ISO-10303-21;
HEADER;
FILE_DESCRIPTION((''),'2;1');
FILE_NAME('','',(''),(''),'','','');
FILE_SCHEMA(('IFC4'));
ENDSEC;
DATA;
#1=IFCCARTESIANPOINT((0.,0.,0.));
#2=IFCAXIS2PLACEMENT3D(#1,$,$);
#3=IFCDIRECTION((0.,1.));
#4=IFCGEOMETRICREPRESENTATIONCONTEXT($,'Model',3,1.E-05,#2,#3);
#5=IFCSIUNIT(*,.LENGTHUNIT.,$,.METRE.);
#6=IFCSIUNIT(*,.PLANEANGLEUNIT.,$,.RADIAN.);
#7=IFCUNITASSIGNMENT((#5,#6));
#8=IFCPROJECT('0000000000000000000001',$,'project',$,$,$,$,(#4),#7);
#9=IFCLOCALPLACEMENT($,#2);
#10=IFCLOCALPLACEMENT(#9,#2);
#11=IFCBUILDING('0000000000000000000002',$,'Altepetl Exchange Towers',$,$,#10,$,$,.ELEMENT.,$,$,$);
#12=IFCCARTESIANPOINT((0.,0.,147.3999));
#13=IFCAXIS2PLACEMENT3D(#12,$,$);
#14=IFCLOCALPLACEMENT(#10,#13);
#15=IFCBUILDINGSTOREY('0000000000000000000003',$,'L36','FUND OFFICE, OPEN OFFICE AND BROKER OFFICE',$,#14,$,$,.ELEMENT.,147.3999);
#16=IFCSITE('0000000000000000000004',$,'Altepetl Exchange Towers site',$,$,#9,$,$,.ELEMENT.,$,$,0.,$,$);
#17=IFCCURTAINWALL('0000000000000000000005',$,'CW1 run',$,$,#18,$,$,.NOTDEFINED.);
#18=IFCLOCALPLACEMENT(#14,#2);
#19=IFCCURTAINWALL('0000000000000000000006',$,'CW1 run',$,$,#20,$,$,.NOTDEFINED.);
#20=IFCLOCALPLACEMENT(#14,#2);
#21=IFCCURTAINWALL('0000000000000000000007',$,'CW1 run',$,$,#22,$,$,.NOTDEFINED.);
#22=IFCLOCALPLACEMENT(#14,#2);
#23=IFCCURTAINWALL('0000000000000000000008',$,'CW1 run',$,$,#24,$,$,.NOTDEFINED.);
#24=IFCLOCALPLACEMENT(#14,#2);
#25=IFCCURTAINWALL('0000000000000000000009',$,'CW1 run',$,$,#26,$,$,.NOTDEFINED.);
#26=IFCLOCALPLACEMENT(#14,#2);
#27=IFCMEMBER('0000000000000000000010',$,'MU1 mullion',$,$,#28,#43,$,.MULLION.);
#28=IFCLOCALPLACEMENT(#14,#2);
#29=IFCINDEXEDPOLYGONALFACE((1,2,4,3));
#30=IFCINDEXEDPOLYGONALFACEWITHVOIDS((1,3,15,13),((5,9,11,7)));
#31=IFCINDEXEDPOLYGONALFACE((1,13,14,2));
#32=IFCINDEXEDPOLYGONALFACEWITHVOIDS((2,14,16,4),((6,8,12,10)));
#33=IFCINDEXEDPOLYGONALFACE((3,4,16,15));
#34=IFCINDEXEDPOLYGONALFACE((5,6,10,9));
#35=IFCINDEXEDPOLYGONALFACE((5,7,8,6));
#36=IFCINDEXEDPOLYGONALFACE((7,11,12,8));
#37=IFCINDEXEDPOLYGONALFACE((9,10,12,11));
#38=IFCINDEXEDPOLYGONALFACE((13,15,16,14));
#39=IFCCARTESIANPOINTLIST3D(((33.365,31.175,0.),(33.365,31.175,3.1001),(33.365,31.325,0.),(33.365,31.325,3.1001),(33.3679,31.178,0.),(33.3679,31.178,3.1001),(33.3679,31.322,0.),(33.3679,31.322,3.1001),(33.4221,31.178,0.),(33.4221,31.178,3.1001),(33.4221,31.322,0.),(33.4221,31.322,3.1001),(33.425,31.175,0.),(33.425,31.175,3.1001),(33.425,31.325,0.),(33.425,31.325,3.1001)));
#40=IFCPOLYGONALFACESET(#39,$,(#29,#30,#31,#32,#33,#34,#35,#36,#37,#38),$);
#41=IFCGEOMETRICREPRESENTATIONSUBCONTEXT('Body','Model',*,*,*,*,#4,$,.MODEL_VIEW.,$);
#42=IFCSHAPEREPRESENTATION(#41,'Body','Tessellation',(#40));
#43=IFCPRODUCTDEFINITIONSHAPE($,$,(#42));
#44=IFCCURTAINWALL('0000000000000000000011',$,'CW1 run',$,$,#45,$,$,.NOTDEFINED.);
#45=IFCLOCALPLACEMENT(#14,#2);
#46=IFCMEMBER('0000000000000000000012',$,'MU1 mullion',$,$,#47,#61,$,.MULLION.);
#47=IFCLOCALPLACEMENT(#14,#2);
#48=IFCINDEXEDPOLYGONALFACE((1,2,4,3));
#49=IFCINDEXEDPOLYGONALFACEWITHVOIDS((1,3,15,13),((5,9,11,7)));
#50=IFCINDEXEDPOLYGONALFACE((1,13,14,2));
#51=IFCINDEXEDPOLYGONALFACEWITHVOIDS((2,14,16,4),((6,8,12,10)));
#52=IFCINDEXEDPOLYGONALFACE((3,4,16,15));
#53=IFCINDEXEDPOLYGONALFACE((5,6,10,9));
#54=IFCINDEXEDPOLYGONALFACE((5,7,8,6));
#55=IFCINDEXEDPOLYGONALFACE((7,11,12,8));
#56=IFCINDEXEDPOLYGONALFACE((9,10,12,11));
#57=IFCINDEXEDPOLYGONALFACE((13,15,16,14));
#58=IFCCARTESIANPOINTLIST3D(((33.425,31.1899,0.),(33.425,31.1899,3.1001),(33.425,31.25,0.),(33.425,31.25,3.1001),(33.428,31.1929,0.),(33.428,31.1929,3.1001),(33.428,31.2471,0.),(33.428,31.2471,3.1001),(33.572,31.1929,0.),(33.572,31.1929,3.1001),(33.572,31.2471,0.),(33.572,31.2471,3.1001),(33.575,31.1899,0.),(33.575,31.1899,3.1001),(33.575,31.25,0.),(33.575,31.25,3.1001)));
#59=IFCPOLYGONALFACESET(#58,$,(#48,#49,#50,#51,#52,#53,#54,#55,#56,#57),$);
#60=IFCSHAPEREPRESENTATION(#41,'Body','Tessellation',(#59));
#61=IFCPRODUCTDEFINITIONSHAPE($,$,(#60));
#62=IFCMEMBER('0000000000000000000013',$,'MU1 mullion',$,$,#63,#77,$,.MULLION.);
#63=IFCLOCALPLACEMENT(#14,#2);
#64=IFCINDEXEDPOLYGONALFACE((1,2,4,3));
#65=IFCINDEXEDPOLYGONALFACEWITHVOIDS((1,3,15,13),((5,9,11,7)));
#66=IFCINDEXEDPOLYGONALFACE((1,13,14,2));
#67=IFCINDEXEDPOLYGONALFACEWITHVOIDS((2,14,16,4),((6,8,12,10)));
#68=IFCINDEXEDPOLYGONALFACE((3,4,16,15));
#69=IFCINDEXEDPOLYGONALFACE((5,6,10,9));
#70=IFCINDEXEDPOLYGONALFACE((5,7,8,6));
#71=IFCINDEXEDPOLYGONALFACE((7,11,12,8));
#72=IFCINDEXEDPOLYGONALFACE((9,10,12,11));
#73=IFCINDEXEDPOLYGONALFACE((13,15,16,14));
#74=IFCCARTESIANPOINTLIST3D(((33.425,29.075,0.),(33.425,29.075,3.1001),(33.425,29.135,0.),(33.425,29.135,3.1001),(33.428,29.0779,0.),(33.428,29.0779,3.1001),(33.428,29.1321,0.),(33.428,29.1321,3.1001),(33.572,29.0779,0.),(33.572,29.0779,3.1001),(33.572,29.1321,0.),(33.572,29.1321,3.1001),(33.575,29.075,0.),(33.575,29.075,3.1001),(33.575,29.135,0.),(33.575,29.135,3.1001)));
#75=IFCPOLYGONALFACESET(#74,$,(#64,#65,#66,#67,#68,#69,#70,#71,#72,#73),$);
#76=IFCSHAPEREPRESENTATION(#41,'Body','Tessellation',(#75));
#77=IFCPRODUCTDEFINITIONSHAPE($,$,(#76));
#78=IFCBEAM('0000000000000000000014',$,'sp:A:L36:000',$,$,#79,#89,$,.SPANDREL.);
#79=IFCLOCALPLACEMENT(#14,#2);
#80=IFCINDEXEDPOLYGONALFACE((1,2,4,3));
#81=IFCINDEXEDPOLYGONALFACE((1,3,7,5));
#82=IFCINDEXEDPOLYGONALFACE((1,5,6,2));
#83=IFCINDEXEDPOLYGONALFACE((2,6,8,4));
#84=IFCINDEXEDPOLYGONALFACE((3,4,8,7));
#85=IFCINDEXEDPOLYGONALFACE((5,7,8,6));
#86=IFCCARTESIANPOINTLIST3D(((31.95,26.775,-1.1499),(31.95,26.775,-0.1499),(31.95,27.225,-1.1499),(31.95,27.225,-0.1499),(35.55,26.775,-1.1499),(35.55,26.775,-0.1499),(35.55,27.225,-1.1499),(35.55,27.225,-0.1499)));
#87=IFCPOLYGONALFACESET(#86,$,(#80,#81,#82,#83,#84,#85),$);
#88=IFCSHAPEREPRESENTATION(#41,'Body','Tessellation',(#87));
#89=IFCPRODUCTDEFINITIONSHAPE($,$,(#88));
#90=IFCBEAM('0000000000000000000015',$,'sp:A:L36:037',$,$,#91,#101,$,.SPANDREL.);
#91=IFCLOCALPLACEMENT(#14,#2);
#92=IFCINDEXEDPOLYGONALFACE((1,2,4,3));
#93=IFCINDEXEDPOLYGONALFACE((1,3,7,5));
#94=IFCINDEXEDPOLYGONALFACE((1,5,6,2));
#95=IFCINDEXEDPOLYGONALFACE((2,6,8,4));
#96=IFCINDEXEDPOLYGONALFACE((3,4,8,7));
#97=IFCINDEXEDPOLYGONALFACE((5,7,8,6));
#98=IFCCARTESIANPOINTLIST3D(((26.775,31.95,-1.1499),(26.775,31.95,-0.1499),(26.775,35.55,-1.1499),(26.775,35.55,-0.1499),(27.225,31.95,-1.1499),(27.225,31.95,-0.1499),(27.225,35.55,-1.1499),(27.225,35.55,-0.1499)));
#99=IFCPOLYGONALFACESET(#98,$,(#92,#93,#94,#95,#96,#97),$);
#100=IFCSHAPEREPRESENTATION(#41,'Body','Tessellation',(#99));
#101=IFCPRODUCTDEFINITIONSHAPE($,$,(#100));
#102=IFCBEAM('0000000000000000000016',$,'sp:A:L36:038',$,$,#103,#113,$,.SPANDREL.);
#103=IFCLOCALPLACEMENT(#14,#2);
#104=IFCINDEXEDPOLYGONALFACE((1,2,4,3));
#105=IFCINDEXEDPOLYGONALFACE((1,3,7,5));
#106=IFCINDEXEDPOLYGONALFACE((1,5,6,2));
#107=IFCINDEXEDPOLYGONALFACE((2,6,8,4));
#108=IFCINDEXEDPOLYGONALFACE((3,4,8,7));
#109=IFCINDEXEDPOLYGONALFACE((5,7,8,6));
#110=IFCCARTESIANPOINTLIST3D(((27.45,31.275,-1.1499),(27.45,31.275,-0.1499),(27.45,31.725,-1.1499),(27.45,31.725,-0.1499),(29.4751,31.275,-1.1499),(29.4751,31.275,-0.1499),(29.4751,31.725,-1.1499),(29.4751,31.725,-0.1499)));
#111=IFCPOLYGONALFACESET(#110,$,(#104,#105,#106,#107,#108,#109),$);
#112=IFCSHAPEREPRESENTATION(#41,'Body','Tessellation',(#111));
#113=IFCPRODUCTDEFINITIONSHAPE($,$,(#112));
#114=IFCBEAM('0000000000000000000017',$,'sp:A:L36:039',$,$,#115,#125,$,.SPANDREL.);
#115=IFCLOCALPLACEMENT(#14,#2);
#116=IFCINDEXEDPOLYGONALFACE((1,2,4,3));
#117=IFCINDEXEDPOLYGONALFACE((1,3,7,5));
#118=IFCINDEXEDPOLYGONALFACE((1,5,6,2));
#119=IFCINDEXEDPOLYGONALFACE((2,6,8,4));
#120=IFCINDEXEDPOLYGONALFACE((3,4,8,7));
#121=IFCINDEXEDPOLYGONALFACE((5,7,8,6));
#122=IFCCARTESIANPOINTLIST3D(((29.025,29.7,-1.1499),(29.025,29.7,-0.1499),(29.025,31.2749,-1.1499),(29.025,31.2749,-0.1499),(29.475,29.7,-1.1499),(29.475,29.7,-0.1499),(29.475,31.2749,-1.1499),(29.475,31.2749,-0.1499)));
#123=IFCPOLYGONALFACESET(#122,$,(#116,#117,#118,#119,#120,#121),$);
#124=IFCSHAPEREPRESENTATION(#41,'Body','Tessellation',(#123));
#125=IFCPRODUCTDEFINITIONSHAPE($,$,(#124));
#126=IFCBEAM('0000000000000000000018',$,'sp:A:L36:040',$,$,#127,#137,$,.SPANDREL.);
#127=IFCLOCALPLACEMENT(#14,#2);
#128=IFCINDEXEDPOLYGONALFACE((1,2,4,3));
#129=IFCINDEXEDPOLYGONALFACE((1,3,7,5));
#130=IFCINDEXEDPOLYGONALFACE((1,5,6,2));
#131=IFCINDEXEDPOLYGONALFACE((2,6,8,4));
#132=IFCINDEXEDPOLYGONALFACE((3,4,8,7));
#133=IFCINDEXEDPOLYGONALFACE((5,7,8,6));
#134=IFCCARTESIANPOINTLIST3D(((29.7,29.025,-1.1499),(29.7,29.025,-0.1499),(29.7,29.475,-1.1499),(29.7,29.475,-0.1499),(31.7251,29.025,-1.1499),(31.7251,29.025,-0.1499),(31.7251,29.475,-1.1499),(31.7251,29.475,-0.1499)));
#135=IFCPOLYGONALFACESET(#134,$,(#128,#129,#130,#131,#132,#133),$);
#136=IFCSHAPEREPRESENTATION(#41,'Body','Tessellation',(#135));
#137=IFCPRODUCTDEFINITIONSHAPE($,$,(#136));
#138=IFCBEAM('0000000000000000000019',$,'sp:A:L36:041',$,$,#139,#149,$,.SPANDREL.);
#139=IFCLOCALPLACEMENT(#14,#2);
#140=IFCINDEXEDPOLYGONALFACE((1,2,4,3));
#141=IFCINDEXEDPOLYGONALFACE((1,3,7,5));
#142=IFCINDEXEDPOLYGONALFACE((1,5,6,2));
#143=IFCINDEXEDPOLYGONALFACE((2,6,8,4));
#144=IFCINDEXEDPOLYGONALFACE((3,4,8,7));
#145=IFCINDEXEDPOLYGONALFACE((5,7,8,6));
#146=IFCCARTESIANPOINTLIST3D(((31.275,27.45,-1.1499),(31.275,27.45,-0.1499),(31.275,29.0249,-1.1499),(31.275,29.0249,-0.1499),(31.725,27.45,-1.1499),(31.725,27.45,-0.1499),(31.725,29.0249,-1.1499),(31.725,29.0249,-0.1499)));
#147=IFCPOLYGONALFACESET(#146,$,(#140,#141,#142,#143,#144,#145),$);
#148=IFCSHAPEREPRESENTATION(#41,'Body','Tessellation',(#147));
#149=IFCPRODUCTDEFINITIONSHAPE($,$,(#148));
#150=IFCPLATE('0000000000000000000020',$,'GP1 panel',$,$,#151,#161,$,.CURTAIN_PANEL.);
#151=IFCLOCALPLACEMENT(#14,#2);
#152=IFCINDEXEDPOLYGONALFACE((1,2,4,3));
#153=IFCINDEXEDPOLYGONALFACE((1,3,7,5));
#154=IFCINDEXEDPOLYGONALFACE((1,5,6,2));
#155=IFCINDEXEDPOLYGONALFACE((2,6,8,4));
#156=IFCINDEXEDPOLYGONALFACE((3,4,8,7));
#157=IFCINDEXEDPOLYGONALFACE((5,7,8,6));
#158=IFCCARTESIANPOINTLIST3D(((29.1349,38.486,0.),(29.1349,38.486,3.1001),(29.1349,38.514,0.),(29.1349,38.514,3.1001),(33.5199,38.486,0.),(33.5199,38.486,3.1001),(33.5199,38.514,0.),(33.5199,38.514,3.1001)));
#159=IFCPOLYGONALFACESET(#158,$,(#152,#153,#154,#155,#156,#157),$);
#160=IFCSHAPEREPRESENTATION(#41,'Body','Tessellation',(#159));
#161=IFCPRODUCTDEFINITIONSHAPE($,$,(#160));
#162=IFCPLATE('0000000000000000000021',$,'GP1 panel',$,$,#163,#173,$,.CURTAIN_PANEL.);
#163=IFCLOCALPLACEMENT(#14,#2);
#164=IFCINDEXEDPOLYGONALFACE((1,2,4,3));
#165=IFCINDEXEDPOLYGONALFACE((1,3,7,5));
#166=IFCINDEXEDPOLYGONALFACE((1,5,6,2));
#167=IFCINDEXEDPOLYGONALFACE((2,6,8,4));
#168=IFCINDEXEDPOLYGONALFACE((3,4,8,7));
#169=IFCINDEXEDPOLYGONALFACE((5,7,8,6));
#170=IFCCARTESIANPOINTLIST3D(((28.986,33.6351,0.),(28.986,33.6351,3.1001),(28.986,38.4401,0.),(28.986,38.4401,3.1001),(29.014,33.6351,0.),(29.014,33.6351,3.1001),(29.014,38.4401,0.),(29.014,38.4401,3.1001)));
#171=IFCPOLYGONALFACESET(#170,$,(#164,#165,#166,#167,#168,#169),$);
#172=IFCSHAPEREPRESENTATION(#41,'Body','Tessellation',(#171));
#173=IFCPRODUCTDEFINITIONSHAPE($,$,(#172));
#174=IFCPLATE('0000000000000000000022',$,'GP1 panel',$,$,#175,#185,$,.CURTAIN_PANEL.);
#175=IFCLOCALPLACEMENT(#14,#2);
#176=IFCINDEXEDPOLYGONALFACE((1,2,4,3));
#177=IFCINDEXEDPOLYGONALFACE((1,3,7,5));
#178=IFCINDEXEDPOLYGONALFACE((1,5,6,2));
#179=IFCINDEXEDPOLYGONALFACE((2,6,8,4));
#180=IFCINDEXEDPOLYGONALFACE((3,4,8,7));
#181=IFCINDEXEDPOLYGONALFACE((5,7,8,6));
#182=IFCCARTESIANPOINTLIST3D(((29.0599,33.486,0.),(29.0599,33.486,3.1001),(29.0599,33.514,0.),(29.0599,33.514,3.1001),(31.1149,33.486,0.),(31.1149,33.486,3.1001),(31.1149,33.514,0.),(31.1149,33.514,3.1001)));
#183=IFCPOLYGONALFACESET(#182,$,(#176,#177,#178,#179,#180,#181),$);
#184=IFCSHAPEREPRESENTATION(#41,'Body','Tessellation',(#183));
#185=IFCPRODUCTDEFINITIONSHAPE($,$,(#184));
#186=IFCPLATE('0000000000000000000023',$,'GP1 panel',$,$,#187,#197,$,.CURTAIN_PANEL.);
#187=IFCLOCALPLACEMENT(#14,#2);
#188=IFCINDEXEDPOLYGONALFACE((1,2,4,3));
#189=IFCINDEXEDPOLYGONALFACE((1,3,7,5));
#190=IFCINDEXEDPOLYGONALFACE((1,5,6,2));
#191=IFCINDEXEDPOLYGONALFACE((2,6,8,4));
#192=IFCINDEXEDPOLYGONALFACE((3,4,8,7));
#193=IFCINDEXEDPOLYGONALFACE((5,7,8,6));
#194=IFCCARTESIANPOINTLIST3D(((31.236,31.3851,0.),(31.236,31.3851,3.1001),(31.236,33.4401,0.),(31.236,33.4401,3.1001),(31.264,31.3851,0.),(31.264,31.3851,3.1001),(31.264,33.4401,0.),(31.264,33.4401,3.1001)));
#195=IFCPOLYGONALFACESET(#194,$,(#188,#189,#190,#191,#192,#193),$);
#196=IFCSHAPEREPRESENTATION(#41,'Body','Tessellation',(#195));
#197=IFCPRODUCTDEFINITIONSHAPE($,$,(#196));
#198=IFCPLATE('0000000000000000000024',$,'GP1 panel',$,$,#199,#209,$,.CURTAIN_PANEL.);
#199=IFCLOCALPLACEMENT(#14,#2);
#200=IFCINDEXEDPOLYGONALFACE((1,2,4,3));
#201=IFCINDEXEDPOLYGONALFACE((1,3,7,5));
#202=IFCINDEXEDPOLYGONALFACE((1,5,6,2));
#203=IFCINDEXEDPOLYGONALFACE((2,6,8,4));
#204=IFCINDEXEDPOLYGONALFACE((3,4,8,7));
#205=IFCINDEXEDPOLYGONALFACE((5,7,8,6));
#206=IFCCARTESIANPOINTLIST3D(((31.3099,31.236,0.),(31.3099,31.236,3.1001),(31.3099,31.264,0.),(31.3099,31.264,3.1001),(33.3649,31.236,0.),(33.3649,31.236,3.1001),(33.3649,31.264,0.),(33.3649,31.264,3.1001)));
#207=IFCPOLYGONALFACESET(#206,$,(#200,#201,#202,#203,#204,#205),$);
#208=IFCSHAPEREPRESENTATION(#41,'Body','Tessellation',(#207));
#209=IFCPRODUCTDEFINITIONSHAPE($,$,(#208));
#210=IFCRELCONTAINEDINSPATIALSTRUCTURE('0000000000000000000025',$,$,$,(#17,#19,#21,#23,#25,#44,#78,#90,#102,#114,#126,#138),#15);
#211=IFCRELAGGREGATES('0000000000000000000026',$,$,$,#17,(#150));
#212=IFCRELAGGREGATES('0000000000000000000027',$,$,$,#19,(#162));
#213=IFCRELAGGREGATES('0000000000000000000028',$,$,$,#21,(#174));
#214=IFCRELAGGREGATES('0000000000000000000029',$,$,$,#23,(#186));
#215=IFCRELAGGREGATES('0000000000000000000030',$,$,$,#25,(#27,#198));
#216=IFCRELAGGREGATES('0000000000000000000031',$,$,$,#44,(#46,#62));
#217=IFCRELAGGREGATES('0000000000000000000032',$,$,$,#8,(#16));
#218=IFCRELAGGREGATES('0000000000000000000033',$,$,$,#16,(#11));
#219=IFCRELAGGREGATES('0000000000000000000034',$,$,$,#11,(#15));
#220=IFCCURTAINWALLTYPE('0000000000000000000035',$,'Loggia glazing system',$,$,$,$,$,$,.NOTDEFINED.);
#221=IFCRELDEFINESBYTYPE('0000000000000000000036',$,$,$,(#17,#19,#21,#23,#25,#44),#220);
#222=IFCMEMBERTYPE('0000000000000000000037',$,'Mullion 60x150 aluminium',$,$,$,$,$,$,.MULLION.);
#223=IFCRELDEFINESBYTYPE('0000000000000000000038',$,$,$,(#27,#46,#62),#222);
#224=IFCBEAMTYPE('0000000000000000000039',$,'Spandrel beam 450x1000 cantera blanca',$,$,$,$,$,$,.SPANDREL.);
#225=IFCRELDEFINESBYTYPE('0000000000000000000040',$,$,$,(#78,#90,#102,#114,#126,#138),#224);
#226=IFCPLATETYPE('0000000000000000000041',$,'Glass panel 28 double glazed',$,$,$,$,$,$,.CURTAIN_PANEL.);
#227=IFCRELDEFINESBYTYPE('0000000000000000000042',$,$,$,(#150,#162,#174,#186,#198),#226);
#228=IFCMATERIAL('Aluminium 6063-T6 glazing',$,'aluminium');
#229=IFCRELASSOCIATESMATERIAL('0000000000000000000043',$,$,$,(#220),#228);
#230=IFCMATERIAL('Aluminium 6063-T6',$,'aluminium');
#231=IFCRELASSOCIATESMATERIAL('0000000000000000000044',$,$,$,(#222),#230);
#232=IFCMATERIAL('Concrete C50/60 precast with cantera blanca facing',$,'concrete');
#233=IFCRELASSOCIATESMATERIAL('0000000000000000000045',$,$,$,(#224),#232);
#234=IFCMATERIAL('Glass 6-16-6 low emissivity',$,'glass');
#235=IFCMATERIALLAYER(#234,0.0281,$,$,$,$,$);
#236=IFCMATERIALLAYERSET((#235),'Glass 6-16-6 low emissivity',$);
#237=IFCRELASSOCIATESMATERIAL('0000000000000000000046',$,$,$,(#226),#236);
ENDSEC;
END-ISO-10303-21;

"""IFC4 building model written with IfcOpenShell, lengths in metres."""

from ifc_helpers import new_model, si_unit, direction, frame, origin, origin_2d, place, context, subcontext, project, spatial, rectangle, hollow_rectangle, extrude, material, layer, layer_set, material_profile, profile_set, type_object, element, aggregate, save


model = new_model("IFC4")

# Units and contexts
model_context = context("Model", 3, precision=1e-05, world=origin(), true_north=direction((0.0, 1.0)))
body_context = subcontext(model_context, "Body", "Model", "MODEL_VIEW")
ifc_project = project(units=[si_unit("LENGTHUNIT", "METRE"), si_unit("PLANEANGLEUNIT", "RADIAN")], contexts=[model_context])

# Site, building, storey
site_placement = place(None, origin())
site = spatial("IfcSite", under=ifc_project, at=site_placement, Name="Altepetl Exchange Towers site", CompositionType="ELEMENT", RefElevation=0.0)
building_placement = place(site_placement, origin())
building = spatial("IfcBuilding", under=site, at=building_placement, Name="Altepetl Exchange Towers", CompositionType="ELEMENT")
storey_placement = place(building_placement, frame((0.0, 0.0, 147.3999)))
storey = spatial("IfcBuildingStorey", under=building, at=storey_placement, Name="L36", Description="FUND OFFICE, OPEN OFFICE AND BROKER OFFICE", CompositionType="ELEMENT", Elevation=147.3999)

# Curtain wall
ifc_material_1 = material(Name="Aluminium 6063-T6 glazing", Category="aluminium")
curtain_wall_type = type_object("IfcCurtainWallType", Name="Loggia glazing system", PredefinedType="NOTDEFINED", material=ifc_material_1)
curtain_wall_1_placement = place(storey_placement, origin())
curtain_wall_1 = element("IfcCurtainWall", 1, at=curtain_wall_1_placement, inside=storey, type_object=curtain_wall_type, Name="CW1 run", PredefinedType="NOTDEFINED")
ifc_material_2 = material(Name="Aluminium 6063-T6", Category="aluminium")
ifc_material_profile_1 = material_profile(ifc_material_2, hollow_rectangle(XDim=0.0601, YDim=0.1499, WallThickness=0.0029, at=origin_2d()), Name="Mullion 60x150 aluminium")
ifc_profile_set_1 = profile_set([ifc_material_profile_1], Name="Aluminium 6063-T6")
member_type = type_object("IfcMemberType", Name="Mullion 60x150 aluminium", PredefinedType="MULLION", material=ifc_profile_set_1)

# Curtain walls, members
curtain_wall_2_placement = place(storey_placement, origin())
curtain_wall_2 = element("IfcCurtainWall", 2, at=curtain_wall_2_placement, inside=storey, type_object=curtain_wall_type, Name="CW1 run", PredefinedType="NOTDEFINED")
curtain_wall_3_placement = place(storey_placement, origin())
curtain_wall_3 = element("IfcCurtainWall", 3, at=curtain_wall_3_placement, inside=storey, type_object=curtain_wall_type, Name="CW1 run", PredefinedType="NOTDEFINED")
curtain_wall_4_placement = place(storey_placement, origin())
curtain_wall_4 = element("IfcCurtainWall", 4, at=curtain_wall_4_placement, inside=storey, type_object=curtain_wall_type, Name="CW1 run", PredefinedType="NOTDEFINED")
curtain_wall_5_placement = place(storey_placement, origin())
curtain_wall_5 = element("IfcCurtainWall", 5, at=curtain_wall_5_placement, inside=storey, type_object=curtain_wall_type, Name="CW1 run", PredefinedType="NOTDEFINED")
member_1_placement = place(storey_placement, frame((33.395, 31.25, 0.0)))
member_1 = element("IfcMember", 6, at=member_1_placement, type_object=member_type, Name="MU1 mullion", PredefinedType="MULLION", context=body_context, shape_type="SweptSolid", body=[
    extrude(hollow_rectangle(XDim=0.0601, YDim=0.1499, WallThickness=0.0029, at=origin_2d()), origin(), (0.0, 0.0, 1.0), 3.1001),
])
curtain_wall_6_placement = place(storey_placement, origin())
curtain_wall_6 = element("IfcCurtainWall", 7, at=curtain_wall_6_placement, inside=storey, type_object=curtain_wall_type, Name="CW1 run", PredefinedType="NOTDEFINED")
member_2_placement = place(storey_placement, frame((33.5, 31.22, 0.0), z_axis=(0.0, 0.0, 1.0), x_axis=(0.0, -1.0, 0.0)))
member_2 = element("IfcMember", 8, at=member_2_placement, type_object=member_type, Name="MU1 mullion", PredefinedType="MULLION", context=body_context, shape_type="SweptSolid", body=[
    extrude(hollow_rectangle(XDim=0.0601, YDim=0.1499, WallThickness=0.0029, at=origin_2d()), origin(), (0.0, 0.0, 1.0), 3.1001),
])
member_3_placement = place(storey_placement, frame((33.5, 29.105, 0.0), z_axis=(0.0, 0.0, 1.0), x_axis=(0.0, -1.0, 0.0)))
member_3 = element("IfcMember", 9, at=member_3_placement, type_object=member_type, Name="MU1 mullion", PredefinedType="MULLION", context=body_context, shape_type="SweptSolid", body=[
    extrude(hollow_rectangle(XDim=0.0601, YDim=0.1499, WallThickness=0.0029, at=origin_2d()), origin(), (0.0, 0.0, 1.0), 3.1001),
])

# Beams
ifc_material_3 = material(Name="Concrete C50/60 precast with cantera blanca facing", Category="concrete")
ifc_material_profile_2 = material_profile(ifc_material_3, rectangle(XDim=0.45, YDim=1.0, at=origin_2d()), Name="450 x 1000")
ifc_profile_set_2 = profile_set([ifc_material_profile_2], Name="Concrete C50/60 precast with cantera blanca facing")
beam_type_1 = type_object("IfcBeamType", Name="Spandrel beam 450x1000 cantera blanca", PredefinedType="SPANDREL", material=ifc_profile_set_2)
for number, where, z_axis, x_axis, name in (
    (10, (31.95, 27.0, -0.6499), (1.0, 0.0, 0.0), (0.0, 1.0, 0.0), "sp:A:L36:000"),
    (11, (27.0, 35.55, -0.6499), (0.0, -1.0, 0.0), (1.0, 0.0, 0.0), "sp:A:L36:037"),
):
    element("IfcBeam", number, at=place(storey_placement, frame(where, z_axis=z_axis, x_axis=x_axis)), inside=storey, type_object=beam_type_1, Name=name, PredefinedType="SPANDREL", context=body_context, shape_type="SweptSolid", body=[
        extrude(rectangle(XDim=0.45, YDim=1.0, at=origin_2d()), origin(), (0.0, 0.0, 1.0), 3.6001),
    ])
beam_1_placement = place(storey_placement, frame((27.45, 31.5, -0.6499), z_axis=(1.0, 0.0, 0.0), x_axis=(0.0, 1.0, 0.0)))
element("IfcBeam", 12, at=beam_1_placement, inside=storey, type_object=beam_type_1, Name="sp:A:L36:038", PredefinedType="SPANDREL", context=body_context, shape_type="SweptSolid", body=[
    extrude(rectangle(XDim=0.45, YDim=1.0, at=origin_2d()), origin(), (0.0, 0.0, 1.0), 2.0251),
])
beam_2_placement = place(storey_placement, frame((29.25, 31.2749, -0.6499), z_axis=(0.0, -1.0, 0.0), x_axis=(1.0, 0.0, 0.0)))
element("IfcBeam", 13, at=beam_2_placement, inside=storey, type_object=beam_type_1, Name="sp:A:L36:039", PredefinedType="SPANDREL", context=body_context, shape_type="SweptSolid", body=[
    extrude(rectangle(XDim=0.45, YDim=1.0, at=origin_2d()), origin(), (0.0, 0.0, 1.0), 1.575),
])
beam_3_placement = place(storey_placement, frame((29.7, 29.25, -0.6499), z_axis=(1.0, 0.0, 0.0), x_axis=(0.0, 1.0, 0.0)))
element("IfcBeam", 14, at=beam_3_placement, inside=storey, type_object=beam_type_1, Name="sp:A:L36:040", PredefinedType="SPANDREL", context=body_context, shape_type="SweptSolid", body=[
    extrude(rectangle(XDim=0.45, YDim=1.0, at=origin_2d()), origin(), (0.0, 0.0, 1.0), 2.0251),
])
beam_4_placement = place(storey_placement, frame((31.5, 29.0249, -0.6499), z_axis=(0.0, -1.0, 0.0), x_axis=(1.0, 0.0, 0.0)))
element("IfcBeam", 15, at=beam_4_placement, inside=storey, type_object=beam_type_1, Name="sp:A:L36:041", PredefinedType="SPANDREL", context=body_context, shape_type="SweptSolid", body=[
    extrude(rectangle(XDim=0.45, YDim=1.0, at=origin_2d()), origin(), (0.0, 0.0, 1.0), 1.575),
])

# Plates
ifc_material_4 = material(Name="Glass 6-16-6 low emissivity", Category="glass")
ifc_layer = layer(ifc_material_4, 0.0281)
ifc_layer_set = layer_set([ifc_layer], Name="Glass 6-16-6 low emissivity")
plate_type = type_object("IfcPlateType", Name="Glass panel 28 double glazed", PredefinedType="CURTAIN_PANEL", material=ifc_layer_set)
plate_1_placement = place(storey_placement, frame((31.3274, 38.5, 0.0), z_axis=(0.0, 0.0, 1.0), x_axis=(-1.0, 0.0, 0.0)))
plate_1 = element("IfcPlate", 16, at=plate_1_placement, type_object=plate_type, Name="GP1 panel", PredefinedType="CURTAIN_PANEL", context=body_context, shape_type="SweptSolid", body=[
    extrude(rectangle(XDim=4.385, YDim=0.0281, at=origin_2d()), origin(), (0.0, 0.0, 1.0), 3.1001),
])
aggregate(curtain_wall_1, [plate_1])
plate_2_placement = place(storey_placement, frame((29.0, 36.0376, 0.0), z_axis=(0.0, 0.0, 1.0), x_axis=(0.0, -1.0, 0.0)))
plate_2 = element("IfcPlate", 17, at=plate_2_placement, type_object=plate_type, Name="GP1 panel", PredefinedType="CURTAIN_PANEL", context=body_context, shape_type="SweptSolid", body=[
    extrude(rectangle(XDim=4.8049, YDim=0.0281, at=origin_2d()), origin(), (0.0, 0.0, 1.0), 3.1001),
])
aggregate(curtain_wall_2, [plate_2])
plate_3_placement = place(storey_placement, frame((30.0874, 33.5, 0.0)))
plate_3 = element("IfcPlate", 18, at=plate_3_placement, type_object=plate_type, Name="GP1 panel", PredefinedType="CURTAIN_PANEL", context=body_context, shape_type="SweptSolid", body=[
    extrude(rectangle(XDim=2.0549, YDim=0.0281, at=origin_2d()), origin(), (0.0, 0.0, 1.0), 3.1001),
])
aggregate(curtain_wall_3, [plate_3])
plate_4_placement = place(storey_placement, frame((31.25, 32.4126, 0.0), z_axis=(0.0, 0.0, 1.0), x_axis=(0.0, -1.0, 0.0)))
plate_4 = element("IfcPlate", 19, at=plate_4_placement, type_object=plate_type, Name="GP1 panel", PredefinedType="CURTAIN_PANEL", context=body_context, shape_type="SweptSolid", body=[
    extrude(rectangle(XDim=2.0549, YDim=0.0281, at=origin_2d()), origin(), (0.0, 0.0, 1.0), 3.1001),
])
aggregate(curtain_wall_4, [plate_4])
plate_5_placement = place(storey_placement, frame((32.3374, 31.25, 0.0)))
plate_5 = element("IfcPlate", 20, at=plate_5_placement, type_object=plate_type, Name="GP1 panel", PredefinedType="CURTAIN_PANEL", context=body_context, shape_type="SweptSolid", body=[
    extrude(rectangle(XDim=2.0549, YDim=0.0281, at=origin_2d()), origin(), (0.0, 0.0, 1.0), 3.1001),
])
aggregate(curtain_wall_5, [member_1, plate_5])
aggregate(curtain_wall_6, [member_2, member_3])

save(model, "model.ifc")
